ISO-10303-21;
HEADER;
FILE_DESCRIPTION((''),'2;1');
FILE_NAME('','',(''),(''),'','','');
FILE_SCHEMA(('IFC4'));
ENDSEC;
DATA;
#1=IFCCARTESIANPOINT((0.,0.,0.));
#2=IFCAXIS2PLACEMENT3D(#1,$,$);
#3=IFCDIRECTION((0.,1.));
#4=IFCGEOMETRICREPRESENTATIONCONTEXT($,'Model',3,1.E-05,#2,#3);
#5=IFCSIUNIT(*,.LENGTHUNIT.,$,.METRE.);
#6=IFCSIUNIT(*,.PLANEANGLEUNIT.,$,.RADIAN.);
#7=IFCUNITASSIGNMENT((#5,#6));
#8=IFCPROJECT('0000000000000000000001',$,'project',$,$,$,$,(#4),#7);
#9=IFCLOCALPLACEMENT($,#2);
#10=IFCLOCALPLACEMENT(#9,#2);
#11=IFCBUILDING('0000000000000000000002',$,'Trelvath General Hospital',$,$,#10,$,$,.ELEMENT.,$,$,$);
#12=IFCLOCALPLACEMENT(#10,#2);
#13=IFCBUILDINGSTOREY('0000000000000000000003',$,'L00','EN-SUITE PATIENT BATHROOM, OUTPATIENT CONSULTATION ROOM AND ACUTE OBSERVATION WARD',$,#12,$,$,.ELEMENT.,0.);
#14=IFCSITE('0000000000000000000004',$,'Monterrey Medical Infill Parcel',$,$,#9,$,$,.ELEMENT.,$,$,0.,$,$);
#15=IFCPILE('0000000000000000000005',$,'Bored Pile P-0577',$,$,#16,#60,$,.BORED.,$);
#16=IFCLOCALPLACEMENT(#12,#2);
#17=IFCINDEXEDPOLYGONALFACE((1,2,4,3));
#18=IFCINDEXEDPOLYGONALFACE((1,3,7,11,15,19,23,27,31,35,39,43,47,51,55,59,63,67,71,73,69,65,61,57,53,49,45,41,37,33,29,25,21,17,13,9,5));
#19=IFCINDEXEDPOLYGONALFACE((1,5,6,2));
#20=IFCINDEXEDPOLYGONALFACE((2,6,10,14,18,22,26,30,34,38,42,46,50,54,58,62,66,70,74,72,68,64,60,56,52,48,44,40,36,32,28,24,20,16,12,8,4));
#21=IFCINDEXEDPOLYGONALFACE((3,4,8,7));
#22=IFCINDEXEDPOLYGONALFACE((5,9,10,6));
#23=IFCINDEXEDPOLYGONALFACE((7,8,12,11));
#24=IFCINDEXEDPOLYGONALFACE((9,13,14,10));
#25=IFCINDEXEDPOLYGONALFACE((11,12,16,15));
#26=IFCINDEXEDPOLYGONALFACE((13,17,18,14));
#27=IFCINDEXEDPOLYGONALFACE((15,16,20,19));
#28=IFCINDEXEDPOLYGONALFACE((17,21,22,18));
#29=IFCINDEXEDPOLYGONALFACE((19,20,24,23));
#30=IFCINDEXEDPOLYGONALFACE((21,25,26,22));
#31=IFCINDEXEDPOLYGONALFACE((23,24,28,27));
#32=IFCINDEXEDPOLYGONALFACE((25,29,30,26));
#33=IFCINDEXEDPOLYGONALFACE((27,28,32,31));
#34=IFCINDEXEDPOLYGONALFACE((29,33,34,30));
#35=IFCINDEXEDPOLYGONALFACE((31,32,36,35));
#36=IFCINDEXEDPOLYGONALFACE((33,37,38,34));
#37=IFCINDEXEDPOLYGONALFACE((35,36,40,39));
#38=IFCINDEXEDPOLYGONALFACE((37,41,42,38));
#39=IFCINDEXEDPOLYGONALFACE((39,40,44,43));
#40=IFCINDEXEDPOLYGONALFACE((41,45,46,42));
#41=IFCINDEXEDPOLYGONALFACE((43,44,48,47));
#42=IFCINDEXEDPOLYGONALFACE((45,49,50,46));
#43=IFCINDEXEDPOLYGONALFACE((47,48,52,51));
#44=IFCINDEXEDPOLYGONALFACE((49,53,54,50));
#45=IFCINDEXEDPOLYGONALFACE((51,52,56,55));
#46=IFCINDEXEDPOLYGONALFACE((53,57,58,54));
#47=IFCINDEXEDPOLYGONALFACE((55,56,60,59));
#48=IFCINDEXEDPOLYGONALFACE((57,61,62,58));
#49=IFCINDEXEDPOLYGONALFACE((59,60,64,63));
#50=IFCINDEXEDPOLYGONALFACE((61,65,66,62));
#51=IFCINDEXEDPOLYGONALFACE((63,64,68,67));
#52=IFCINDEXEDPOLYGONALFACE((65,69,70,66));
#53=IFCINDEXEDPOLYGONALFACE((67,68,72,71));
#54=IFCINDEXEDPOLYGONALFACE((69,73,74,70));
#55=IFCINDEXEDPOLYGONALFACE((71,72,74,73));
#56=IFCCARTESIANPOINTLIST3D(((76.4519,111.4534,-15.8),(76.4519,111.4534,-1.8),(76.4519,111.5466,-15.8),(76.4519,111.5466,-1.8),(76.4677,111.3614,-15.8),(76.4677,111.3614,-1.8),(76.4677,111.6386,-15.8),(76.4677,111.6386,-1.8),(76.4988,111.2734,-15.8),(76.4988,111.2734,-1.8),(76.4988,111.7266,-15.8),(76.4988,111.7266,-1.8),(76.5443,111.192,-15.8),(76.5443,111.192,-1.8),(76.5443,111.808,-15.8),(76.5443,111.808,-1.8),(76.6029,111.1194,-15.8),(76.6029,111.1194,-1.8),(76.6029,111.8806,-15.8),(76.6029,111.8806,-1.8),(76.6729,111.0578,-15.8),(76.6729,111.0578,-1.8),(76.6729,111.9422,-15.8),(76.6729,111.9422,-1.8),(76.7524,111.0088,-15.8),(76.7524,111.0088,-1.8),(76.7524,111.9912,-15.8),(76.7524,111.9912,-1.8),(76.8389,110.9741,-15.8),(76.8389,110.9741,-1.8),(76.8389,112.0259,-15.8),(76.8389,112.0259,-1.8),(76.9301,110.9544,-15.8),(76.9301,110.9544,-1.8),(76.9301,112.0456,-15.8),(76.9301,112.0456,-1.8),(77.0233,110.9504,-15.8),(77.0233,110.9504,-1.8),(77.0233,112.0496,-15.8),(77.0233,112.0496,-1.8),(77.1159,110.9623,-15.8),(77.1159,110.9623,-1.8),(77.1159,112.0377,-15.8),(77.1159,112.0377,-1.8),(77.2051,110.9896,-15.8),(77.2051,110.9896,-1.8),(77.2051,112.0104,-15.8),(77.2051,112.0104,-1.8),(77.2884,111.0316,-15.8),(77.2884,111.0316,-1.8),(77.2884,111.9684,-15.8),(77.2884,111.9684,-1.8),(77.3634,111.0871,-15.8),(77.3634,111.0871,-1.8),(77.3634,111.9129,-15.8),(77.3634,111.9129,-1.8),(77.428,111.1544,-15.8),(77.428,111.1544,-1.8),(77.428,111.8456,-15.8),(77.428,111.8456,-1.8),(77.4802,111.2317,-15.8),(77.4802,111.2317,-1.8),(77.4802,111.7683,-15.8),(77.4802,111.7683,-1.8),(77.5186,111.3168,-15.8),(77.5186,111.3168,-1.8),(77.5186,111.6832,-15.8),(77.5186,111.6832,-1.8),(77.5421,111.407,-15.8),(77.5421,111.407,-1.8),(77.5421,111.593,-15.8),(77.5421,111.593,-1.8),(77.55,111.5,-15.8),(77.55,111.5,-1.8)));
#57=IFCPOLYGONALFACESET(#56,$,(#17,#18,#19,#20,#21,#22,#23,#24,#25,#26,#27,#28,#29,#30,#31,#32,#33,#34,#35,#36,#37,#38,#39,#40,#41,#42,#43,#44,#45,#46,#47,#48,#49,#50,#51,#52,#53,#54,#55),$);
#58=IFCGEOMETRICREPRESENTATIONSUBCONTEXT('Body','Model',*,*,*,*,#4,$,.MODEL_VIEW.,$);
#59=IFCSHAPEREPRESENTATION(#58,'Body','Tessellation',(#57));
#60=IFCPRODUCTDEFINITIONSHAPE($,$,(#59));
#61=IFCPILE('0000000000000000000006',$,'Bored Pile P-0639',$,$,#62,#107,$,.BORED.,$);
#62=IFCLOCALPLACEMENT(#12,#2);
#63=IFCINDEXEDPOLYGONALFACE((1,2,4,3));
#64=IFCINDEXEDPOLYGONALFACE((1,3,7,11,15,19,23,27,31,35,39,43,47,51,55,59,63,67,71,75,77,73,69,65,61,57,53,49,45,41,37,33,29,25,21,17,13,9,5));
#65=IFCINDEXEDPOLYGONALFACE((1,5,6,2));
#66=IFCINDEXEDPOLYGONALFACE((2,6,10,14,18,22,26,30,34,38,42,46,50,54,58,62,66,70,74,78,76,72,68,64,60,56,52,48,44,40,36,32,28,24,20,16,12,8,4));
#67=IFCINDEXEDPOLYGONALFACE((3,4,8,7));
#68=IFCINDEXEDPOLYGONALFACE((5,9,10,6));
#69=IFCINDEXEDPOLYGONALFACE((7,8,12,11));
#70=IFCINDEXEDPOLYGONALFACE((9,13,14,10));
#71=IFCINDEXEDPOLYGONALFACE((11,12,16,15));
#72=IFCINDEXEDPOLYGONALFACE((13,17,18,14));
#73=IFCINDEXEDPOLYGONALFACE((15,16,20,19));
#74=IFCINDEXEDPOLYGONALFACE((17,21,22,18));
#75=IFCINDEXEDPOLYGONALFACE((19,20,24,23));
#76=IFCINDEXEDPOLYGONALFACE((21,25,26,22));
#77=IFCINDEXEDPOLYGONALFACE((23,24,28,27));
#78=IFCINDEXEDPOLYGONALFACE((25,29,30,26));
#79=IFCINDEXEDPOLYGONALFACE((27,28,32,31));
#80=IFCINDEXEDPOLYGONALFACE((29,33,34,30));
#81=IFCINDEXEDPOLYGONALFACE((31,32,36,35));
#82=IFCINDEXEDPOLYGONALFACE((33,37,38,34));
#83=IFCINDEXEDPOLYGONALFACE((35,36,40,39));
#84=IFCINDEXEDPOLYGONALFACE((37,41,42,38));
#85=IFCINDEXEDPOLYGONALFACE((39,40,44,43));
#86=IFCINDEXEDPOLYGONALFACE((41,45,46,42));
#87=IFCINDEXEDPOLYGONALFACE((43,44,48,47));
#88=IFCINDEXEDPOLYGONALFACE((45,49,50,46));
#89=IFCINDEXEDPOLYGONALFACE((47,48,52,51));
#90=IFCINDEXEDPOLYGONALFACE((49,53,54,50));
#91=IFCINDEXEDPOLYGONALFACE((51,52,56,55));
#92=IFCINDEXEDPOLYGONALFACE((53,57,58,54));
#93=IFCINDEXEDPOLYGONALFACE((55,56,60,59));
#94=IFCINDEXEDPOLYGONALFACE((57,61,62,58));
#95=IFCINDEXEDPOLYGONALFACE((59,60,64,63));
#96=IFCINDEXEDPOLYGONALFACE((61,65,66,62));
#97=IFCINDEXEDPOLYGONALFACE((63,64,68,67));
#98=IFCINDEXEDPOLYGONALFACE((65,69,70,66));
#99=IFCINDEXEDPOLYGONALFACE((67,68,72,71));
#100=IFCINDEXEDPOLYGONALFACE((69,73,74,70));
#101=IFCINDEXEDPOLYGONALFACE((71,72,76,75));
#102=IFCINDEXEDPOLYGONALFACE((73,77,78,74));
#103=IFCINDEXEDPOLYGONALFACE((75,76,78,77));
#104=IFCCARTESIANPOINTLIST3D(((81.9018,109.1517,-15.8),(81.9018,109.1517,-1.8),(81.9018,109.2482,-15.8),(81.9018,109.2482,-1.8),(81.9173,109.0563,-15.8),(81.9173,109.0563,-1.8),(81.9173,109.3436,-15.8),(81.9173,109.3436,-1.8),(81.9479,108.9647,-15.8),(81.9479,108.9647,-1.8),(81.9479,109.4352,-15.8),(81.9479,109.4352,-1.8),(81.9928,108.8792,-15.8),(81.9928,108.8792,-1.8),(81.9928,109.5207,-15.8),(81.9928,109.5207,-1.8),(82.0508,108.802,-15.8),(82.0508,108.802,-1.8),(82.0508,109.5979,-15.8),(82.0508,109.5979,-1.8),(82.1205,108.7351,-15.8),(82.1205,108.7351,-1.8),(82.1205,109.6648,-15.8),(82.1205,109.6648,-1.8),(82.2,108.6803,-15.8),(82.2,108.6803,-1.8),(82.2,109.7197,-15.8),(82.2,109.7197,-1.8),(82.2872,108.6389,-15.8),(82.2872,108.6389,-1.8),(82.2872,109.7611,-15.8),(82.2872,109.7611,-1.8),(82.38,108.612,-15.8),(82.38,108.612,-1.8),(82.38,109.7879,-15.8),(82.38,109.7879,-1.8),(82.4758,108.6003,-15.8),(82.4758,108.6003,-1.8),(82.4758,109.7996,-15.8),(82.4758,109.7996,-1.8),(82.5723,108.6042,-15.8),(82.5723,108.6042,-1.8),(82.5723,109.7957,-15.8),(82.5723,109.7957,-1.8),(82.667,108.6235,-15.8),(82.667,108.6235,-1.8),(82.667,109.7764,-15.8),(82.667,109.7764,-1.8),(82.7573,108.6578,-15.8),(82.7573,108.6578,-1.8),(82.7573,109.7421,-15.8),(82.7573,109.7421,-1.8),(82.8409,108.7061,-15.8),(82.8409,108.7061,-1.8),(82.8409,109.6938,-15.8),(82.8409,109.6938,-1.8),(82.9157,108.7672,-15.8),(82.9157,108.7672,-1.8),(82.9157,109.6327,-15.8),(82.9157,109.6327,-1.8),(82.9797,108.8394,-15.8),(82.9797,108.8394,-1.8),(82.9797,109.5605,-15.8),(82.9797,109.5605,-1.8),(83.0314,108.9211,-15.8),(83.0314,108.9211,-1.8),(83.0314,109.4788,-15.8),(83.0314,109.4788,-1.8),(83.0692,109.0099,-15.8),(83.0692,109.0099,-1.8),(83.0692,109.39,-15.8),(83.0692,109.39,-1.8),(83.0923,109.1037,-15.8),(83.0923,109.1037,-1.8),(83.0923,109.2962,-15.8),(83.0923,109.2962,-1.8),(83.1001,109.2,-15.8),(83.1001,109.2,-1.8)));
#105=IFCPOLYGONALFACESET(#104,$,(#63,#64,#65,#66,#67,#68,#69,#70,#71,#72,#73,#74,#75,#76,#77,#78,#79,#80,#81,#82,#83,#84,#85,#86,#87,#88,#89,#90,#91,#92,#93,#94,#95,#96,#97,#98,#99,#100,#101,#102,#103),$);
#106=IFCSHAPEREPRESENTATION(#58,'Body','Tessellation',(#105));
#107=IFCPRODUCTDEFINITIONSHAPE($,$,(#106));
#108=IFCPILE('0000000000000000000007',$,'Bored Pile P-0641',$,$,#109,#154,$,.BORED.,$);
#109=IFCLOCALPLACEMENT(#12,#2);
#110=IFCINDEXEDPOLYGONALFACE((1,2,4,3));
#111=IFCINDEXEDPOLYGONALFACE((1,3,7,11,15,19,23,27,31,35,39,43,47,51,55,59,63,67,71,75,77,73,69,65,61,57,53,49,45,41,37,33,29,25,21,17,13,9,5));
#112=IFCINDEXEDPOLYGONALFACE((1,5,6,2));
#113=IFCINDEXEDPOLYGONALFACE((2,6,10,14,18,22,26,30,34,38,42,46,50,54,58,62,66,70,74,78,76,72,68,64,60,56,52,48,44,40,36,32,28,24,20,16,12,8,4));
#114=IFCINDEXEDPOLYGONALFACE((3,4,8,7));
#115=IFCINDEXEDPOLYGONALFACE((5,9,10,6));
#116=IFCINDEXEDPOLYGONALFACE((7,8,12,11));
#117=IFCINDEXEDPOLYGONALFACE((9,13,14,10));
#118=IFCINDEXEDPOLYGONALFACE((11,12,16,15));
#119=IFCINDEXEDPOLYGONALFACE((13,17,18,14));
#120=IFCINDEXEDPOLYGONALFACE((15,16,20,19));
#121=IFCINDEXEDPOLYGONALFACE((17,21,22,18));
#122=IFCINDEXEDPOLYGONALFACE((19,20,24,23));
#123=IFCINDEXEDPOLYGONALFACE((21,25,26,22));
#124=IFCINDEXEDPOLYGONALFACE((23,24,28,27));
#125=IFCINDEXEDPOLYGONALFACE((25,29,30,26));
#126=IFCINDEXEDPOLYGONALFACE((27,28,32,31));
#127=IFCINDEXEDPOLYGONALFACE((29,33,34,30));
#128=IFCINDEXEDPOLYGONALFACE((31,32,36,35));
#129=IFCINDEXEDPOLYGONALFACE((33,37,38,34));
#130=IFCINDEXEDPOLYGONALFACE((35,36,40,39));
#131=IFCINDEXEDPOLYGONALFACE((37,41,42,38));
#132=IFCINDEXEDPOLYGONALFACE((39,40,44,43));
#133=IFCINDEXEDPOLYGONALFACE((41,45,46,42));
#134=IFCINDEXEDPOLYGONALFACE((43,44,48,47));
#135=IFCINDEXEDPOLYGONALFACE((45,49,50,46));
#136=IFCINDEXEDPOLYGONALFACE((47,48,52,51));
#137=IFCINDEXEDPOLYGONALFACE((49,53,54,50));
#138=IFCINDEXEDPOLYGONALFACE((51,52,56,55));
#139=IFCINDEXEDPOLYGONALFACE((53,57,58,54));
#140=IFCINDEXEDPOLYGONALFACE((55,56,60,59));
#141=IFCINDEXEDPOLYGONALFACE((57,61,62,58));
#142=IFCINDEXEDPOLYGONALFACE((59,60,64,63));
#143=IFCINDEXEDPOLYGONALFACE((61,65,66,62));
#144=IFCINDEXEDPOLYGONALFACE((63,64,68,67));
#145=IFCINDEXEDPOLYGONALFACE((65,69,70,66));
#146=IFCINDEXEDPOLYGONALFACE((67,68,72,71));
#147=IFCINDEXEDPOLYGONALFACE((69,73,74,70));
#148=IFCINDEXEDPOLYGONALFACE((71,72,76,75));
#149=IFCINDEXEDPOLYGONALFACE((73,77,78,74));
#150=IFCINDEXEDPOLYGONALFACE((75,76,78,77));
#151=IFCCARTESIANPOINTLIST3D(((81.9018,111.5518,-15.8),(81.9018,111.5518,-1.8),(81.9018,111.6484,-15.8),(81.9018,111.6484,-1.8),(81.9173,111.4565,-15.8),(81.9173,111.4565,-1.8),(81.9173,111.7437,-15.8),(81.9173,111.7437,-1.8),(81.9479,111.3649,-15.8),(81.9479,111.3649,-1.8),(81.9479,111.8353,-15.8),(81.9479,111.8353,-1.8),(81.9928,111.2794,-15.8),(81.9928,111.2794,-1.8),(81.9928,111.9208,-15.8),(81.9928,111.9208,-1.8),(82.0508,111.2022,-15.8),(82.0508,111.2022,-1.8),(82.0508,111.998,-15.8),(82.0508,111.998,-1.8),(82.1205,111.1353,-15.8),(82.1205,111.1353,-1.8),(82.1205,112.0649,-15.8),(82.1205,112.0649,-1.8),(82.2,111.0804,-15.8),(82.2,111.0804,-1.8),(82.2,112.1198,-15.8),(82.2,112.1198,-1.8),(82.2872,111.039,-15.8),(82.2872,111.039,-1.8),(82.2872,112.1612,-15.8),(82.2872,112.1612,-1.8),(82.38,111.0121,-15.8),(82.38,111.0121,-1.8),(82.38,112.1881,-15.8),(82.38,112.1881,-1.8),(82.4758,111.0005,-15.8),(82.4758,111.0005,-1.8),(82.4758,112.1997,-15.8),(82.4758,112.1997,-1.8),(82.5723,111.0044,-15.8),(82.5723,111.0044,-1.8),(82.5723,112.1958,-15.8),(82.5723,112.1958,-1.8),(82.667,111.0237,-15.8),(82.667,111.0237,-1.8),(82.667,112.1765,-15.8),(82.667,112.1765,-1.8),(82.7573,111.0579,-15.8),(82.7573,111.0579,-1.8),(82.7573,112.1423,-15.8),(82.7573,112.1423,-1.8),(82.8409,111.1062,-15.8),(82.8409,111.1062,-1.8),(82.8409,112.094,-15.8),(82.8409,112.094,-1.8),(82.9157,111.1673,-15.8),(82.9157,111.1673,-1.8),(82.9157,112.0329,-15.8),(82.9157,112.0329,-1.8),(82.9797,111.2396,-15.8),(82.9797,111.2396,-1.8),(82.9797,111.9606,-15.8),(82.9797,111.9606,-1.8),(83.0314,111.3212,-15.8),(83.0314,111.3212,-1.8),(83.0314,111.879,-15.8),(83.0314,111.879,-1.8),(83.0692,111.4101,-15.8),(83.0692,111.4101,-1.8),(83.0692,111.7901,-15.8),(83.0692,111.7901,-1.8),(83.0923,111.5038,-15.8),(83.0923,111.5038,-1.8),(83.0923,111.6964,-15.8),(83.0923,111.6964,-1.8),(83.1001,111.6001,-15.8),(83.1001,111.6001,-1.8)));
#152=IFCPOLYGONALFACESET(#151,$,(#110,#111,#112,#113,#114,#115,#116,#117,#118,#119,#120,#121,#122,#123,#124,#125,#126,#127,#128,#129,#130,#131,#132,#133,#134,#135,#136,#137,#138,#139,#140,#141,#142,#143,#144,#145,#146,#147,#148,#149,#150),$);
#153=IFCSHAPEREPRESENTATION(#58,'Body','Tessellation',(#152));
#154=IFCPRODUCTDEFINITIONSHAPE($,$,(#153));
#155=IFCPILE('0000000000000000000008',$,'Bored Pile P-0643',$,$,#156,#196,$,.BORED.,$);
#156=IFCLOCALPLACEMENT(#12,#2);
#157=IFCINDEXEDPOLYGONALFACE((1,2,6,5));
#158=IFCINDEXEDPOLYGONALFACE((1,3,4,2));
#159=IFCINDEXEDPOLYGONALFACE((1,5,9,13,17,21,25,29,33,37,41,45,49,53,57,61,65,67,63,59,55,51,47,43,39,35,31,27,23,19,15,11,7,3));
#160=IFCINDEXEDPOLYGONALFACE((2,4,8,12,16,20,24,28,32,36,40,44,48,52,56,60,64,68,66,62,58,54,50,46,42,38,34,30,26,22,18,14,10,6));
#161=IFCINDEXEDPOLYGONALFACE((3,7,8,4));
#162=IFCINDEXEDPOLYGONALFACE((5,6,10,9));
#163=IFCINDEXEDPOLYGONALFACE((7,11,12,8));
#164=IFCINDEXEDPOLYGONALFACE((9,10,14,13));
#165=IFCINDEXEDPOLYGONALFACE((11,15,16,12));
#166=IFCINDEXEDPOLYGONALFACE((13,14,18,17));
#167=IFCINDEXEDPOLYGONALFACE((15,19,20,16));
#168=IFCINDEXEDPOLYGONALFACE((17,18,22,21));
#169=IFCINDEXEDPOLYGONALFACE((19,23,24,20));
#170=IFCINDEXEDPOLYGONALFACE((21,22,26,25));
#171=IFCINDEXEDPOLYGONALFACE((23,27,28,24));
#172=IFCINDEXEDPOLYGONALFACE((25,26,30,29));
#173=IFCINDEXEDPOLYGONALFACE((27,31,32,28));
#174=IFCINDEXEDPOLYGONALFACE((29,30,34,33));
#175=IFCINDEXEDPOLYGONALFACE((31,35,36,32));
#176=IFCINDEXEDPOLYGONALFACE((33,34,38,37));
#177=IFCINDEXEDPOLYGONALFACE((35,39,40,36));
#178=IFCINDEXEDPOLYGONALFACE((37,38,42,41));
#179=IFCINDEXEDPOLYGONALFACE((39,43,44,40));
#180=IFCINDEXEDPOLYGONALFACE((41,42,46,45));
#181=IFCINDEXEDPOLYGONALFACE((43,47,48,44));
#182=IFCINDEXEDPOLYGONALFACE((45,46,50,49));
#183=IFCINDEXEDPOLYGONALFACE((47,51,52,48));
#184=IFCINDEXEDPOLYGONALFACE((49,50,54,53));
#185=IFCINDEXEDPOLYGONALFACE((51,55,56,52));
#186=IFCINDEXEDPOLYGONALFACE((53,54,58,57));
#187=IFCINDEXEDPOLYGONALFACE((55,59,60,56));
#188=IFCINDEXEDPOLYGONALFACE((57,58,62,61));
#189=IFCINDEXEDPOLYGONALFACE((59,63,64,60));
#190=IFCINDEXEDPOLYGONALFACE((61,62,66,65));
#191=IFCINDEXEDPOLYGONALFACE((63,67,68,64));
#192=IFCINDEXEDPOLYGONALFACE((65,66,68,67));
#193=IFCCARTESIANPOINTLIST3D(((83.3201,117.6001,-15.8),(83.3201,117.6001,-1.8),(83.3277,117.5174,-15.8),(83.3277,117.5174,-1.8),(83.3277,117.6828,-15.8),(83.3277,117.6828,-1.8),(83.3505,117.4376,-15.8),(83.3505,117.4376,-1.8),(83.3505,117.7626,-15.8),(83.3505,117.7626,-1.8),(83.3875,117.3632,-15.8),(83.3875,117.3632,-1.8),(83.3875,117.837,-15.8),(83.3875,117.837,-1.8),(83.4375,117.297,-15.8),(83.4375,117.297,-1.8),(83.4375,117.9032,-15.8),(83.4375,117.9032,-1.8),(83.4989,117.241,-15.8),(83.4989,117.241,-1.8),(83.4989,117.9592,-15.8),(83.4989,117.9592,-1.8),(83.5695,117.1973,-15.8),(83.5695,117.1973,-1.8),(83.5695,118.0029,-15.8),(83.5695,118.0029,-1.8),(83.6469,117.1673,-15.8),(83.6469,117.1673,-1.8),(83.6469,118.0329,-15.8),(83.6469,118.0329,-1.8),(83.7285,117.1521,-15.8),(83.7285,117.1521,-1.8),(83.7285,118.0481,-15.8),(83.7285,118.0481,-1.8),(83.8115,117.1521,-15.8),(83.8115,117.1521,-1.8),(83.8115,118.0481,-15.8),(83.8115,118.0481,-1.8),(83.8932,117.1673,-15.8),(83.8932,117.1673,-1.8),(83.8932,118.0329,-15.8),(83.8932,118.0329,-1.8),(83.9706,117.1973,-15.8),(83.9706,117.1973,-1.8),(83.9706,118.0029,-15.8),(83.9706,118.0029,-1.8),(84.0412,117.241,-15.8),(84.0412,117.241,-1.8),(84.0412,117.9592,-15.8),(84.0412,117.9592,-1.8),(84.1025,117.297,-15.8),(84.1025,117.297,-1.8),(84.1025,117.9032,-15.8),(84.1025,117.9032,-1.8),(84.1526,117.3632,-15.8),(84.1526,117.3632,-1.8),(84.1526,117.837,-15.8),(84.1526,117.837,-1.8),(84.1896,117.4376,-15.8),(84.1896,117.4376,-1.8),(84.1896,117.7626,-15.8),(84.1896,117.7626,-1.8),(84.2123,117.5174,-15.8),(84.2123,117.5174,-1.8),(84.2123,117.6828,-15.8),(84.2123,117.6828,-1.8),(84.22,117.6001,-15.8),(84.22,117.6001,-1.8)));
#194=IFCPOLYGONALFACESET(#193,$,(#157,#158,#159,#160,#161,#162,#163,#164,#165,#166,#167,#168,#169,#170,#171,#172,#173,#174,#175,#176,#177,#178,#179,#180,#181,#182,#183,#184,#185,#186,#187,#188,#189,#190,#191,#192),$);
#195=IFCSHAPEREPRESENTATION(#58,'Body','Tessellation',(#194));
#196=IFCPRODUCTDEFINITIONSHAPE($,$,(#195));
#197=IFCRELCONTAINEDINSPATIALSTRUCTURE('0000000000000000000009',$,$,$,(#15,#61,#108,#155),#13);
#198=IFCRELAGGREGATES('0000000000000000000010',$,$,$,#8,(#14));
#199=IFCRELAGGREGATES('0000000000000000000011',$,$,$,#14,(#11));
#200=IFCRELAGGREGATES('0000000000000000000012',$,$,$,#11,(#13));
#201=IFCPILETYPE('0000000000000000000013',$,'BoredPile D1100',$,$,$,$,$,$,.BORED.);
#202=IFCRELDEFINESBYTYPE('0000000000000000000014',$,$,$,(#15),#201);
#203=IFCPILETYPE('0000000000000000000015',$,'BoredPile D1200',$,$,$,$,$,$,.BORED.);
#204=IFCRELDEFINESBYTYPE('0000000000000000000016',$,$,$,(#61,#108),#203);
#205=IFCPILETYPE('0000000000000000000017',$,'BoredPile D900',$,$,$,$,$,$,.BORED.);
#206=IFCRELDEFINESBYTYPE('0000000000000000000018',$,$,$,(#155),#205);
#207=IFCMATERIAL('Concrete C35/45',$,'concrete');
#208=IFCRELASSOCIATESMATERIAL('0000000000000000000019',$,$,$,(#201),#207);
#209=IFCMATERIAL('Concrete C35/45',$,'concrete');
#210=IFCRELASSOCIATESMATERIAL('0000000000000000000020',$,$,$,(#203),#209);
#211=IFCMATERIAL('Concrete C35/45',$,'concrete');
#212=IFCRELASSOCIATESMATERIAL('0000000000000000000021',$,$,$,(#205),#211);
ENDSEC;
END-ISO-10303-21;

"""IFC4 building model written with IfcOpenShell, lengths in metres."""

from ifc_helpers import new_model, si_unit, direction, frame, origin, origin_2d, place, context, subcontext, project, spatial, circle, extrude, material, material_profile, profile_set, type_object, element, save


model = new_model("IFC4")

# Units and contexts
model_context = context("Model", 3, precision=1e-05, world=origin(), true_north=direction((0.0, 1.0)))
body_context = subcontext(model_context, "Body", "Model", "MODEL_VIEW")
ifc_project = project(units=[si_unit("LENGTHUNIT", "METRE"), si_unit("PLANEANGLEUNIT", "RADIAN")], contexts=[model_context])

# Site, building, storey
site_placement = place(None, origin())
site = spatial("IfcSite", under=ifc_project, at=site_placement, Name="Monterrey Medical Infill Parcel", CompositionType="ELEMENT", RefElevation=0.0)
building_placement = place(site_placement, origin())
building = spatial("IfcBuilding", under=site, at=building_placement, Name="Trelvath General Hospital", CompositionType="ELEMENT")
storey_placement = place(building_placement, origin())
storey = spatial("IfcBuildingStorey", under=building, at=storey_placement, Name="L00", Description="EN-SUITE PATIENT BATHROOM, OUTPATIENT CONSULTATION ROOM AND ACUTE OBSERVATION WARD", CompositionType="ELEMENT", Elevation=0.0)

# Piles
ifc_material_1 = material(Name="Concrete C35/45", Category="concrete")
ifc_material_profile_1 = material_profile(ifc_material_1, circle(Radius=0.55, at=origin_2d()), Name="PILE1100")
ifc_profile_set_1 = profile_set([ifc_material_profile_1], Name="Concrete C35/45")
pile_type_1 = type_object("IfcPileType", Name="BoredPile D1100", PredefinedType="BORED", material=ifc_profile_set_1)
for number, where, z_axis, x_axis, name in (
    (1, (77.0, 111.5, -1.8), (0.0, 0.0, -1.0), (1.0, 0.0, 0.0), "Bored Pile P-0577"),
):
    element("IfcPile", number, at=place(storey_placement, frame(where, z_axis=z_axis, x_axis=x_axis)), inside=storey, type_object=pile_type_1, Name=name, PredefinedType="BORED", context=body_context, shape_type="SweptSolid", body=[
        extrude(circle(Radius=0.55, at=origin_2d()), origin(), (0.0, 0.0, 1.0), 14.0),
    ])
ifc_material_2 = material(Name="Concrete C35/45", Category="concrete")
ifc_material_profile_2 = material_profile(ifc_material_2, circle(Radius=0.6001, at=origin_2d()), Name="PILE1200")
ifc_profile_set_2 = profile_set([ifc_material_profile_2], Name="Concrete C35/45")
pile_type_2 = type_object("IfcPileType", Name="BoredPile D1200", PredefinedType="BORED", material=ifc_profile_set_2)
for number, where, z_axis, x_axis, name in (
    (2, (82.5, 109.2, -1.8), (0.0, 0.0, -1.0), (1.0, 0.0, 0.0), "Bored Pile P-0639"),
    (3, (82.5, 111.6001, -1.8), (0.0, 0.0, -1.0), (1.0, 0.0, 0.0), "Bored Pile P-0641"),
):
    element("IfcPile", number, at=place(storey_placement, frame(where, z_axis=z_axis, x_axis=x_axis)), inside=storey, type_object=pile_type_2, Name=name, PredefinedType="BORED", context=body_context, shape_type="SweptSolid", body=[
        extrude(circle(Radius=0.6001, at=origin_2d()), origin(), (0.0, 0.0, 1.0), 14.0),
    ])
ifc_material_3 = material(Name="Concrete C35/45", Category="concrete")
ifc_material_profile_3 = material_profile(ifc_material_3, circle(Radius=0.45, at=origin_2d()), Name="PILE900")
ifc_profile_set_3 = profile_set([ifc_material_profile_3], Name="Concrete C35/45")
pile_type_3 = type_object("IfcPileType", Name="BoredPile D900", PredefinedType="BORED", material=ifc_profile_set_3)
pile_placement = place(storey_placement, frame((83.77, 117.6001, -1.8), z_axis=(0.0, 0.0, -1.0), x_axis=(1.0, 0.0, 0.0)))
element("IfcPile", 4, at=pile_placement, inside=storey, type_object=pile_type_3, Name="Bored Pile P-0643", PredefinedType="BORED", context=body_context, shape_type="SweptSolid", body=[
    extrude(circle(Radius=0.45, at=origin_2d()), origin(), (0.0, 0.0, 1.0), 14.0),
])

save(model, "model.ifc")
